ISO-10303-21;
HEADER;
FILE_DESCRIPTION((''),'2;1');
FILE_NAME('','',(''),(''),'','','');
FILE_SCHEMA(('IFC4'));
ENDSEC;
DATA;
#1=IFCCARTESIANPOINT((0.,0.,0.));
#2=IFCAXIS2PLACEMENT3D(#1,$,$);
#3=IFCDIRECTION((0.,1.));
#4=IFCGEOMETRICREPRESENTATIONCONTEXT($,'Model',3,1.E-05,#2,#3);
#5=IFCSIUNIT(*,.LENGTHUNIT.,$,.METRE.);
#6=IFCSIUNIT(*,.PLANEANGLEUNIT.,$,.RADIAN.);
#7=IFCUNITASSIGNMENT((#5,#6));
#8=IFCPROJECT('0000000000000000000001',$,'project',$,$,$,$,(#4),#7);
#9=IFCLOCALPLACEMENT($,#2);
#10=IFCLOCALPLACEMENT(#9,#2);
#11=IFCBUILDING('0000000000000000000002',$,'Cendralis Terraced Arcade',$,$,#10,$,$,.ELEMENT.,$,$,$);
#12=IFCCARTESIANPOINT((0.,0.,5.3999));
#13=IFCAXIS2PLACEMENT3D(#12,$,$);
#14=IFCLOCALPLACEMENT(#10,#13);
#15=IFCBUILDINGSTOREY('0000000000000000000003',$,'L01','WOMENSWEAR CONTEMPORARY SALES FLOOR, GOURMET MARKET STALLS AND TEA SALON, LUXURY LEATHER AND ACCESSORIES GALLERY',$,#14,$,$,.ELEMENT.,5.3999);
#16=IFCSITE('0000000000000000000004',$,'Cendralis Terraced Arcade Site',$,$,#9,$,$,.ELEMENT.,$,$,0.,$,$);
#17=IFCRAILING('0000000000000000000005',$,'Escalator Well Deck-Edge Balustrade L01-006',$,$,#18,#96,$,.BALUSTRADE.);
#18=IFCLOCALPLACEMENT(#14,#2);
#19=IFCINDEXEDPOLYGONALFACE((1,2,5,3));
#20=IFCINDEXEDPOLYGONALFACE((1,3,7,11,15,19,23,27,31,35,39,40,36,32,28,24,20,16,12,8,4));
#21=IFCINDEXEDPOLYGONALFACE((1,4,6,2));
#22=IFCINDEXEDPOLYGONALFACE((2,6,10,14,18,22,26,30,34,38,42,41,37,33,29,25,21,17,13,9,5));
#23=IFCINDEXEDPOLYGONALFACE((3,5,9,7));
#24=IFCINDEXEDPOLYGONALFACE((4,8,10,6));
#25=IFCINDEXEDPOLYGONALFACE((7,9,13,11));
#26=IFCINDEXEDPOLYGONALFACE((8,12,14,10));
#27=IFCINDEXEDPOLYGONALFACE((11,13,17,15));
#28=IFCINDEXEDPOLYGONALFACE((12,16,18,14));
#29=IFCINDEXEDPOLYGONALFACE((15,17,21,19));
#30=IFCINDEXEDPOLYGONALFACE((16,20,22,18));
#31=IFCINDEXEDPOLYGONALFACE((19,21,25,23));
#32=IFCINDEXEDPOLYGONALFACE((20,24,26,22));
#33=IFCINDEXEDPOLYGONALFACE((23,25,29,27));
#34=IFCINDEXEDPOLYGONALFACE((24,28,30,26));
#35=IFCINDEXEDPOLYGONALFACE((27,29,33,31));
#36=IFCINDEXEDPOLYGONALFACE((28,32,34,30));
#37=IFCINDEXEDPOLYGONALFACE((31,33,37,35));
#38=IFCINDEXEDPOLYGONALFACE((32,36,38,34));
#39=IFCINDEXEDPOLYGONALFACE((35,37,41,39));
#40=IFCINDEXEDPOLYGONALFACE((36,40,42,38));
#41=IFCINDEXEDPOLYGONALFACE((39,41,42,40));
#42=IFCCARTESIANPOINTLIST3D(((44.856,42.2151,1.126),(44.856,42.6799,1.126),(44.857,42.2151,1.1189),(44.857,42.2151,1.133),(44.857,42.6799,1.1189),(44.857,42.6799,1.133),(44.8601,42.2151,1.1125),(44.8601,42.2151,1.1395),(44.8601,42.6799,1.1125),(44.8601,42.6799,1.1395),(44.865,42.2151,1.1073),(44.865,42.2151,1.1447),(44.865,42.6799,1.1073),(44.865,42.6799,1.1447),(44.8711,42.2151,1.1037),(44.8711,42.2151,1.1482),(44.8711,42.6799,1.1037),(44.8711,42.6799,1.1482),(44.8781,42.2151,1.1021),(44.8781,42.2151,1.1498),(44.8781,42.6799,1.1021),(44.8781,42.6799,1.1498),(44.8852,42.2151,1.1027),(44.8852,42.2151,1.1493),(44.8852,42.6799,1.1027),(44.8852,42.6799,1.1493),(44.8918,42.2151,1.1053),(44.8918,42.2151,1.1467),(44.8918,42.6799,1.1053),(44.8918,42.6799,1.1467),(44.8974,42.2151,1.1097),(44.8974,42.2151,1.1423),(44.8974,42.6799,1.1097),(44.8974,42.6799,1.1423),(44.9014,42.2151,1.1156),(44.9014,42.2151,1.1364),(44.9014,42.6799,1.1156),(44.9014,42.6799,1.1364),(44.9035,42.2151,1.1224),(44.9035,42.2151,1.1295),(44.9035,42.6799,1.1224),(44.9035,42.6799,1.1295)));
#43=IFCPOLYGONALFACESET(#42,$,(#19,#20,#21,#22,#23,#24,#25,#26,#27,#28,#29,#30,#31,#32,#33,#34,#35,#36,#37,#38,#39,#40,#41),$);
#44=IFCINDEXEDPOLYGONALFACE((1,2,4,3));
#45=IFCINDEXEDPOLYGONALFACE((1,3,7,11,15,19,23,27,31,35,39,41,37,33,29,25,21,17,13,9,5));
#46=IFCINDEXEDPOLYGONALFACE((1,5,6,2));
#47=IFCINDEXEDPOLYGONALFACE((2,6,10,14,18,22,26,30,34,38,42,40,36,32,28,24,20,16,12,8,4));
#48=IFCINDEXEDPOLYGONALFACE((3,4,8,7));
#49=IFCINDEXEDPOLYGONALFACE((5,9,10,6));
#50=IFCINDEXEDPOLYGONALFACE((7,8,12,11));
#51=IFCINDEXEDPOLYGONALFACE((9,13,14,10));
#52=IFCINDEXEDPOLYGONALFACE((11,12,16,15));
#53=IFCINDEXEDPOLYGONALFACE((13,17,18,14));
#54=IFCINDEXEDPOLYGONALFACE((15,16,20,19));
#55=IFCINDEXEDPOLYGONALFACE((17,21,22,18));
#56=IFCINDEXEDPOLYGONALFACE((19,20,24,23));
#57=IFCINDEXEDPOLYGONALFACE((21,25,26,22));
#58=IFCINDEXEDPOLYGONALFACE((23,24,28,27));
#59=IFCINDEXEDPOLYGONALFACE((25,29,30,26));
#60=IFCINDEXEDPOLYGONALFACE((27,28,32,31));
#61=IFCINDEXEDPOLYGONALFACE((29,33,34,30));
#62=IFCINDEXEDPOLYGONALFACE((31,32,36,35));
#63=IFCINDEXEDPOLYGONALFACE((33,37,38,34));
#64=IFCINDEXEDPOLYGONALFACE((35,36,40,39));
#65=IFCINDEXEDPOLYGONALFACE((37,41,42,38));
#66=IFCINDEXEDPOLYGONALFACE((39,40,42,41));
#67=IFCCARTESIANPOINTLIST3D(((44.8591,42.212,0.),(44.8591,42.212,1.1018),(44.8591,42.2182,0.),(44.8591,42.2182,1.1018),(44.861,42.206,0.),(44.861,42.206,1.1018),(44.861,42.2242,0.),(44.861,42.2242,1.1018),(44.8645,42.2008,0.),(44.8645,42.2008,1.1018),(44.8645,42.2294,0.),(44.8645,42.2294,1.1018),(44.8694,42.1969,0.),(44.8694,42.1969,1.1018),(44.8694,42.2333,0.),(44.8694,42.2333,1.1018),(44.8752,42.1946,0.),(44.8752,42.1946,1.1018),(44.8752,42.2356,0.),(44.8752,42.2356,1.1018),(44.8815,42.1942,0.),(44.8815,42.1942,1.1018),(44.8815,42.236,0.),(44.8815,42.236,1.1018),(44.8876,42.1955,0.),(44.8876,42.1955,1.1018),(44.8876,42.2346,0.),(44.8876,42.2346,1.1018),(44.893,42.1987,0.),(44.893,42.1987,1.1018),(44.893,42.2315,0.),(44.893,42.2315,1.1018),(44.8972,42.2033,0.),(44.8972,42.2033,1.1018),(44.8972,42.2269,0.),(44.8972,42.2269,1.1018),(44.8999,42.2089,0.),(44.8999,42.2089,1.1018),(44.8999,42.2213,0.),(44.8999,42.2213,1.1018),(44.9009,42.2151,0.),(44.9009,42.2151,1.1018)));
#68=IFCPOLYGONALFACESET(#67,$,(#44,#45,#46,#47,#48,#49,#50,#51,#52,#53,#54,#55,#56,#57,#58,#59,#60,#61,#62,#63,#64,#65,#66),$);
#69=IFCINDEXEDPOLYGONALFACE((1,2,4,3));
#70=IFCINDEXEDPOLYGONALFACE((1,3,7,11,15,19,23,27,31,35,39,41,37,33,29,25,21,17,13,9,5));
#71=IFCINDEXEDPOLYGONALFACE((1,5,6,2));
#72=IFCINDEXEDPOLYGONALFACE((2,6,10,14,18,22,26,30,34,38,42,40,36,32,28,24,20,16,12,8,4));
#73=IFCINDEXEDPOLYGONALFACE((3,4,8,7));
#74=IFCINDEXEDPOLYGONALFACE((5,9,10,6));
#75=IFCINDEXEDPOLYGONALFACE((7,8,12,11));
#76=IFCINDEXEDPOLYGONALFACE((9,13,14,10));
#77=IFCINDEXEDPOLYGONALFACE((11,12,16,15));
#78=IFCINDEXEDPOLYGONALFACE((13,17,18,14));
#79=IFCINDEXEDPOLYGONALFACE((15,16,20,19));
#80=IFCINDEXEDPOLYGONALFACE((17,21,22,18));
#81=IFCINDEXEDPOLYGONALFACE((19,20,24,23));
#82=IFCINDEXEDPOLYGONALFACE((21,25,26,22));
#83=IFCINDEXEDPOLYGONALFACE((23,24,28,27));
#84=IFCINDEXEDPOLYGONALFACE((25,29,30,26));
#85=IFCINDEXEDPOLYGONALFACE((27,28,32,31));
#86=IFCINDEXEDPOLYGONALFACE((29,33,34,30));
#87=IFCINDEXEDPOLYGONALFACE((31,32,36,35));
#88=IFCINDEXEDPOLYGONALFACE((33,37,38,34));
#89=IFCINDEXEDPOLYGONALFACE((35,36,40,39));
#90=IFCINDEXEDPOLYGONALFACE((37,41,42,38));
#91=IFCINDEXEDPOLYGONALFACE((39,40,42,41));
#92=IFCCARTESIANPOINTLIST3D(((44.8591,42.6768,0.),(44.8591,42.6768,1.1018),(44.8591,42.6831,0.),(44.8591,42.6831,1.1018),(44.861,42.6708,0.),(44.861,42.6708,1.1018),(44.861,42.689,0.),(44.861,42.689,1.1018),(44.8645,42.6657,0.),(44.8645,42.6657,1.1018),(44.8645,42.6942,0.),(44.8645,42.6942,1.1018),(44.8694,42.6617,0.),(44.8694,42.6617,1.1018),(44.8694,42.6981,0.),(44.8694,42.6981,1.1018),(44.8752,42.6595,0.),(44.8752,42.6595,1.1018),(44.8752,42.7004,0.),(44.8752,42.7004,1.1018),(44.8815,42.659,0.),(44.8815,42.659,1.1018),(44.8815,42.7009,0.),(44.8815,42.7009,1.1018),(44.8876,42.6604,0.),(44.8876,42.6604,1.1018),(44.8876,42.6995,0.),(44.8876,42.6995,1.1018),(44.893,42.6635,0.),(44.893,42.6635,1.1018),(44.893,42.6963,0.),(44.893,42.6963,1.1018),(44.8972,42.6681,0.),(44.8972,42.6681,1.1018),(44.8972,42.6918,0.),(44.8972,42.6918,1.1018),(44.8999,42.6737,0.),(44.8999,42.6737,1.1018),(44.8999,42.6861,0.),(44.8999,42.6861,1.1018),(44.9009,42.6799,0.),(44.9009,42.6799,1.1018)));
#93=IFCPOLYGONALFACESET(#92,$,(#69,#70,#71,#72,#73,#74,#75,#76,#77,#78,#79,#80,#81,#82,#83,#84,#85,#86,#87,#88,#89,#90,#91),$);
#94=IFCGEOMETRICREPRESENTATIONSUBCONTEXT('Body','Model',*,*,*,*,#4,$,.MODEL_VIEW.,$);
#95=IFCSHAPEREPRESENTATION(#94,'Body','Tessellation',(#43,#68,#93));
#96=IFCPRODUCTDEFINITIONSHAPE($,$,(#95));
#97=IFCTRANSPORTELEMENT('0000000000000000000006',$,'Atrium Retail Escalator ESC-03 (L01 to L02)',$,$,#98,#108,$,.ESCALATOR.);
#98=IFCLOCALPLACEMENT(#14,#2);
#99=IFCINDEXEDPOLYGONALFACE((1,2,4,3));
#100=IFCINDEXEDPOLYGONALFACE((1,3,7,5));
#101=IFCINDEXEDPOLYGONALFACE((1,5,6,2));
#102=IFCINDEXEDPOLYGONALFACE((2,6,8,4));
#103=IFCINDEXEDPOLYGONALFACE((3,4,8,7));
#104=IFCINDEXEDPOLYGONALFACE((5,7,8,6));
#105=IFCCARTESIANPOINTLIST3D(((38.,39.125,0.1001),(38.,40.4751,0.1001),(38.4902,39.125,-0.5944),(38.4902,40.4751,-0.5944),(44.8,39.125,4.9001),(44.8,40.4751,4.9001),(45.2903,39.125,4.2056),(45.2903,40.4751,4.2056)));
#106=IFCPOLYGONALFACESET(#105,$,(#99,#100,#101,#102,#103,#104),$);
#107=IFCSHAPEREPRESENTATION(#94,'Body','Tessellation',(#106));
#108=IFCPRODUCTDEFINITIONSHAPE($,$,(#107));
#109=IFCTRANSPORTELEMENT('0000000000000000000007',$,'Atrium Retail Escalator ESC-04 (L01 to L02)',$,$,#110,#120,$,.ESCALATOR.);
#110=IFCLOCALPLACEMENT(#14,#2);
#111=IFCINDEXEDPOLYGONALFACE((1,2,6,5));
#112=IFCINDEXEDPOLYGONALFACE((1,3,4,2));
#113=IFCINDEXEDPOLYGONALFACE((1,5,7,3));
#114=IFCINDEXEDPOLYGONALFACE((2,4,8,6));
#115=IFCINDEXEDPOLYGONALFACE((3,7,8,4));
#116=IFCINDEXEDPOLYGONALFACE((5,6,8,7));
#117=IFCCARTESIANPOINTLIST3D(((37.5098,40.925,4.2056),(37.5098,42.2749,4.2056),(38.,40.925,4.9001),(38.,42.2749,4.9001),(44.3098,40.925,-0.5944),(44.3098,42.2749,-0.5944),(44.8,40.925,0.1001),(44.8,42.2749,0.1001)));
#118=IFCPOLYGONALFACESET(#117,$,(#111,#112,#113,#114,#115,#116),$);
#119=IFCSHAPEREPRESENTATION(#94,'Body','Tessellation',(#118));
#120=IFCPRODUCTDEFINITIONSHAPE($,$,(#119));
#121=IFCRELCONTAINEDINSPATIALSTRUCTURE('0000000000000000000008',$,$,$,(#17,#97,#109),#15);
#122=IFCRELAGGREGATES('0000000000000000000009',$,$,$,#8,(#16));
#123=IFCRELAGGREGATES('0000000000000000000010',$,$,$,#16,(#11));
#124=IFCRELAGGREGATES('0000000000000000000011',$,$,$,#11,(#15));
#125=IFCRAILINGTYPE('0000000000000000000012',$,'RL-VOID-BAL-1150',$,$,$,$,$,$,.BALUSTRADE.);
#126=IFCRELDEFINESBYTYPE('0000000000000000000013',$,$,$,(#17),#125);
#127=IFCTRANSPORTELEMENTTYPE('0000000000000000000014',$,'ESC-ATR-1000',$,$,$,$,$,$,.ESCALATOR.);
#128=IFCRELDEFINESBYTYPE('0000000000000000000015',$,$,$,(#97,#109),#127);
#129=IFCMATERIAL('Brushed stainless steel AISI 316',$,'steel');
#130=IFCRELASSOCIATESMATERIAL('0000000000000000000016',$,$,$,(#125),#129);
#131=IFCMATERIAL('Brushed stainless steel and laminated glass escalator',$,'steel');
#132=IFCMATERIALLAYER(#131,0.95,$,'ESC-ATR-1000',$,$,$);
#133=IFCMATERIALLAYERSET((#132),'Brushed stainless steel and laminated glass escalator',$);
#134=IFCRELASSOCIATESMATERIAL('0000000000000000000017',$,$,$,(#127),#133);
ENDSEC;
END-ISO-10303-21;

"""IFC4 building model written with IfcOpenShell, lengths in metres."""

from ifc_helpers import new_model, si_unit, direction, frame, origin, origin_2d, place, context, subcontext, project, spatial, polyline, circle, outline, extrude, material, layer, layer_set, type_object, element, save


model = new_model("IFC4")

# Units and contexts
model_context = context("Model", 3, precision=1e-05, world=origin(), true_north=direction((0.0, 1.0)))
body_context = subcontext(model_context, "Body", "Model", "MODEL_VIEW")
ifc_project = project(units=[si_unit("LENGTHUNIT", "METRE"), si_unit("PLANEANGLEUNIT", "RADIAN")], contexts=[model_context])

# Site, building, storey
site_placement = place(None, origin())
site = spatial("IfcSite", under=ifc_project, at=site_placement, Name="Cendralis Terraced Arcade Site", CompositionType="ELEMENT", RefElevation=0.0)
building_placement = place(site_placement, origin())
building = spatial("IfcBuilding", under=site, at=building_placement, Name="Cendralis Terraced Arcade", CompositionType="ELEMENT")
storey_placement = place(building_placement, frame((0.0, 0.0, 5.3999)))
storey = spatial("IfcBuildingStorey", under=building, at=storey_placement, Name="L01", Description="WOMENSWEAR CONTEMPORARY SALES FLOOR, GOURMET MARKET STALLS AND TEA SALON, LUXURY LEATHER AND ACCESSORIES GALLERY", CompositionType="ELEMENT", Elevation=5.3999)

# Railing
ifc_material_1 = material(Name="Brushed stainless steel AISI 316", Category="steel")
railing_type_1 = type_object("IfcRailingType", Name="RL-VOID-BAL-1150", PredefinedType="BALUSTRADE", material=ifc_material_1)
railing_1_placement = place(storey_placement, frame((44.8799, 42.2151, 0.0)))
element("IfcRailing", 1, at=railing_1_placement, inside=storey, type_object=railing_type_1, Name="Escalator Well Deck-Edge Balustrade L01-006", PredefinedType="BALUSTRADE", context=body_context, shape_type="SweptSolid", body=[
    extrude(circle(Radius=0.0239, at=origin_2d()), frame((0.0, 0.0, 1.126), z_axis=(0.0, 1.0, 0.0), x_axis=(-1.0, 0.0, 0.0)), (0.0, 0.0, 1.0), 0.4648),
    extrude(circle(Radius=0.021, at=origin_2d()), origin(), (0.0, 0.0, 1.0), 1.1018),
    extrude(circle(Radius=0.021, at=origin_2d()), frame((0.0, 0.4648, 0.0)), (0.0, 0.0, 1.0), 1.1018),
])

# Transport elements
ifc_material_2 = material(Name="Brushed stainless steel and laminated glass escalator", Category="steel")
ifc_layer_1 = layer(ifc_material_2, 0.95, Name="ESC-ATR-1000")
ifc_layer_set_1 = layer_set([ifc_layer_1], Name="Brushed stainless steel and laminated glass escalator")
transport_element_type = type_object("IfcTransportElementType", Name="ESC-ATR-1000", PredefinedType="ESCALATOR", material=ifc_layer_set_1)
transport_element_1_placement = place(storey_placement, frame((38.0, 39.125, 0.1001), z_axis=(-0.576684, 0.0, 0.816967), x_axis=(0.816967, 0.0, 0.576684)))
element("IfcTransportElement", 2, at=transport_element_1_placement, inside=storey, type_object=transport_element_type, Name="Atrium Retail Escalator ESC-03 (L01 to L02)", PredefinedType="ESCALATOR", context=body_context, shape_type="SweptSolid", body=[
    extrude(outline(polyline([(0.0, 0.0), (8.3235, 0.0), (8.3235, 1.3501), (0.0, 1.3501), (0.0, 0.0)])), origin(), (0.0, 0.0, -1.0), 0.8501),
])
transport_element_2_placement = place(storey_placement, frame((44.8, 40.925, 0.1001), z_axis=(0.576684, 0.0, 0.816967), x_axis=(-0.816967, 0.0, 0.576684)))
element("IfcTransportElement", 3, at=transport_element_2_placement, inside=storey, type_object=transport_element_type, Name="Atrium Retail Escalator ESC-04 (L01 to L02)", PredefinedType="ESCALATOR", context=body_context, shape_type="SweptSolid", body=[
    extrude(outline(polyline([(0.0, 0.0), (8.3235, 0.0), (8.3235, -1.3499), (0.0, -1.3499), (0.0, 0.0)])), origin(), (0.0, 0.0, -1.0), 0.8501),
])

save(model, "model.ifc")
